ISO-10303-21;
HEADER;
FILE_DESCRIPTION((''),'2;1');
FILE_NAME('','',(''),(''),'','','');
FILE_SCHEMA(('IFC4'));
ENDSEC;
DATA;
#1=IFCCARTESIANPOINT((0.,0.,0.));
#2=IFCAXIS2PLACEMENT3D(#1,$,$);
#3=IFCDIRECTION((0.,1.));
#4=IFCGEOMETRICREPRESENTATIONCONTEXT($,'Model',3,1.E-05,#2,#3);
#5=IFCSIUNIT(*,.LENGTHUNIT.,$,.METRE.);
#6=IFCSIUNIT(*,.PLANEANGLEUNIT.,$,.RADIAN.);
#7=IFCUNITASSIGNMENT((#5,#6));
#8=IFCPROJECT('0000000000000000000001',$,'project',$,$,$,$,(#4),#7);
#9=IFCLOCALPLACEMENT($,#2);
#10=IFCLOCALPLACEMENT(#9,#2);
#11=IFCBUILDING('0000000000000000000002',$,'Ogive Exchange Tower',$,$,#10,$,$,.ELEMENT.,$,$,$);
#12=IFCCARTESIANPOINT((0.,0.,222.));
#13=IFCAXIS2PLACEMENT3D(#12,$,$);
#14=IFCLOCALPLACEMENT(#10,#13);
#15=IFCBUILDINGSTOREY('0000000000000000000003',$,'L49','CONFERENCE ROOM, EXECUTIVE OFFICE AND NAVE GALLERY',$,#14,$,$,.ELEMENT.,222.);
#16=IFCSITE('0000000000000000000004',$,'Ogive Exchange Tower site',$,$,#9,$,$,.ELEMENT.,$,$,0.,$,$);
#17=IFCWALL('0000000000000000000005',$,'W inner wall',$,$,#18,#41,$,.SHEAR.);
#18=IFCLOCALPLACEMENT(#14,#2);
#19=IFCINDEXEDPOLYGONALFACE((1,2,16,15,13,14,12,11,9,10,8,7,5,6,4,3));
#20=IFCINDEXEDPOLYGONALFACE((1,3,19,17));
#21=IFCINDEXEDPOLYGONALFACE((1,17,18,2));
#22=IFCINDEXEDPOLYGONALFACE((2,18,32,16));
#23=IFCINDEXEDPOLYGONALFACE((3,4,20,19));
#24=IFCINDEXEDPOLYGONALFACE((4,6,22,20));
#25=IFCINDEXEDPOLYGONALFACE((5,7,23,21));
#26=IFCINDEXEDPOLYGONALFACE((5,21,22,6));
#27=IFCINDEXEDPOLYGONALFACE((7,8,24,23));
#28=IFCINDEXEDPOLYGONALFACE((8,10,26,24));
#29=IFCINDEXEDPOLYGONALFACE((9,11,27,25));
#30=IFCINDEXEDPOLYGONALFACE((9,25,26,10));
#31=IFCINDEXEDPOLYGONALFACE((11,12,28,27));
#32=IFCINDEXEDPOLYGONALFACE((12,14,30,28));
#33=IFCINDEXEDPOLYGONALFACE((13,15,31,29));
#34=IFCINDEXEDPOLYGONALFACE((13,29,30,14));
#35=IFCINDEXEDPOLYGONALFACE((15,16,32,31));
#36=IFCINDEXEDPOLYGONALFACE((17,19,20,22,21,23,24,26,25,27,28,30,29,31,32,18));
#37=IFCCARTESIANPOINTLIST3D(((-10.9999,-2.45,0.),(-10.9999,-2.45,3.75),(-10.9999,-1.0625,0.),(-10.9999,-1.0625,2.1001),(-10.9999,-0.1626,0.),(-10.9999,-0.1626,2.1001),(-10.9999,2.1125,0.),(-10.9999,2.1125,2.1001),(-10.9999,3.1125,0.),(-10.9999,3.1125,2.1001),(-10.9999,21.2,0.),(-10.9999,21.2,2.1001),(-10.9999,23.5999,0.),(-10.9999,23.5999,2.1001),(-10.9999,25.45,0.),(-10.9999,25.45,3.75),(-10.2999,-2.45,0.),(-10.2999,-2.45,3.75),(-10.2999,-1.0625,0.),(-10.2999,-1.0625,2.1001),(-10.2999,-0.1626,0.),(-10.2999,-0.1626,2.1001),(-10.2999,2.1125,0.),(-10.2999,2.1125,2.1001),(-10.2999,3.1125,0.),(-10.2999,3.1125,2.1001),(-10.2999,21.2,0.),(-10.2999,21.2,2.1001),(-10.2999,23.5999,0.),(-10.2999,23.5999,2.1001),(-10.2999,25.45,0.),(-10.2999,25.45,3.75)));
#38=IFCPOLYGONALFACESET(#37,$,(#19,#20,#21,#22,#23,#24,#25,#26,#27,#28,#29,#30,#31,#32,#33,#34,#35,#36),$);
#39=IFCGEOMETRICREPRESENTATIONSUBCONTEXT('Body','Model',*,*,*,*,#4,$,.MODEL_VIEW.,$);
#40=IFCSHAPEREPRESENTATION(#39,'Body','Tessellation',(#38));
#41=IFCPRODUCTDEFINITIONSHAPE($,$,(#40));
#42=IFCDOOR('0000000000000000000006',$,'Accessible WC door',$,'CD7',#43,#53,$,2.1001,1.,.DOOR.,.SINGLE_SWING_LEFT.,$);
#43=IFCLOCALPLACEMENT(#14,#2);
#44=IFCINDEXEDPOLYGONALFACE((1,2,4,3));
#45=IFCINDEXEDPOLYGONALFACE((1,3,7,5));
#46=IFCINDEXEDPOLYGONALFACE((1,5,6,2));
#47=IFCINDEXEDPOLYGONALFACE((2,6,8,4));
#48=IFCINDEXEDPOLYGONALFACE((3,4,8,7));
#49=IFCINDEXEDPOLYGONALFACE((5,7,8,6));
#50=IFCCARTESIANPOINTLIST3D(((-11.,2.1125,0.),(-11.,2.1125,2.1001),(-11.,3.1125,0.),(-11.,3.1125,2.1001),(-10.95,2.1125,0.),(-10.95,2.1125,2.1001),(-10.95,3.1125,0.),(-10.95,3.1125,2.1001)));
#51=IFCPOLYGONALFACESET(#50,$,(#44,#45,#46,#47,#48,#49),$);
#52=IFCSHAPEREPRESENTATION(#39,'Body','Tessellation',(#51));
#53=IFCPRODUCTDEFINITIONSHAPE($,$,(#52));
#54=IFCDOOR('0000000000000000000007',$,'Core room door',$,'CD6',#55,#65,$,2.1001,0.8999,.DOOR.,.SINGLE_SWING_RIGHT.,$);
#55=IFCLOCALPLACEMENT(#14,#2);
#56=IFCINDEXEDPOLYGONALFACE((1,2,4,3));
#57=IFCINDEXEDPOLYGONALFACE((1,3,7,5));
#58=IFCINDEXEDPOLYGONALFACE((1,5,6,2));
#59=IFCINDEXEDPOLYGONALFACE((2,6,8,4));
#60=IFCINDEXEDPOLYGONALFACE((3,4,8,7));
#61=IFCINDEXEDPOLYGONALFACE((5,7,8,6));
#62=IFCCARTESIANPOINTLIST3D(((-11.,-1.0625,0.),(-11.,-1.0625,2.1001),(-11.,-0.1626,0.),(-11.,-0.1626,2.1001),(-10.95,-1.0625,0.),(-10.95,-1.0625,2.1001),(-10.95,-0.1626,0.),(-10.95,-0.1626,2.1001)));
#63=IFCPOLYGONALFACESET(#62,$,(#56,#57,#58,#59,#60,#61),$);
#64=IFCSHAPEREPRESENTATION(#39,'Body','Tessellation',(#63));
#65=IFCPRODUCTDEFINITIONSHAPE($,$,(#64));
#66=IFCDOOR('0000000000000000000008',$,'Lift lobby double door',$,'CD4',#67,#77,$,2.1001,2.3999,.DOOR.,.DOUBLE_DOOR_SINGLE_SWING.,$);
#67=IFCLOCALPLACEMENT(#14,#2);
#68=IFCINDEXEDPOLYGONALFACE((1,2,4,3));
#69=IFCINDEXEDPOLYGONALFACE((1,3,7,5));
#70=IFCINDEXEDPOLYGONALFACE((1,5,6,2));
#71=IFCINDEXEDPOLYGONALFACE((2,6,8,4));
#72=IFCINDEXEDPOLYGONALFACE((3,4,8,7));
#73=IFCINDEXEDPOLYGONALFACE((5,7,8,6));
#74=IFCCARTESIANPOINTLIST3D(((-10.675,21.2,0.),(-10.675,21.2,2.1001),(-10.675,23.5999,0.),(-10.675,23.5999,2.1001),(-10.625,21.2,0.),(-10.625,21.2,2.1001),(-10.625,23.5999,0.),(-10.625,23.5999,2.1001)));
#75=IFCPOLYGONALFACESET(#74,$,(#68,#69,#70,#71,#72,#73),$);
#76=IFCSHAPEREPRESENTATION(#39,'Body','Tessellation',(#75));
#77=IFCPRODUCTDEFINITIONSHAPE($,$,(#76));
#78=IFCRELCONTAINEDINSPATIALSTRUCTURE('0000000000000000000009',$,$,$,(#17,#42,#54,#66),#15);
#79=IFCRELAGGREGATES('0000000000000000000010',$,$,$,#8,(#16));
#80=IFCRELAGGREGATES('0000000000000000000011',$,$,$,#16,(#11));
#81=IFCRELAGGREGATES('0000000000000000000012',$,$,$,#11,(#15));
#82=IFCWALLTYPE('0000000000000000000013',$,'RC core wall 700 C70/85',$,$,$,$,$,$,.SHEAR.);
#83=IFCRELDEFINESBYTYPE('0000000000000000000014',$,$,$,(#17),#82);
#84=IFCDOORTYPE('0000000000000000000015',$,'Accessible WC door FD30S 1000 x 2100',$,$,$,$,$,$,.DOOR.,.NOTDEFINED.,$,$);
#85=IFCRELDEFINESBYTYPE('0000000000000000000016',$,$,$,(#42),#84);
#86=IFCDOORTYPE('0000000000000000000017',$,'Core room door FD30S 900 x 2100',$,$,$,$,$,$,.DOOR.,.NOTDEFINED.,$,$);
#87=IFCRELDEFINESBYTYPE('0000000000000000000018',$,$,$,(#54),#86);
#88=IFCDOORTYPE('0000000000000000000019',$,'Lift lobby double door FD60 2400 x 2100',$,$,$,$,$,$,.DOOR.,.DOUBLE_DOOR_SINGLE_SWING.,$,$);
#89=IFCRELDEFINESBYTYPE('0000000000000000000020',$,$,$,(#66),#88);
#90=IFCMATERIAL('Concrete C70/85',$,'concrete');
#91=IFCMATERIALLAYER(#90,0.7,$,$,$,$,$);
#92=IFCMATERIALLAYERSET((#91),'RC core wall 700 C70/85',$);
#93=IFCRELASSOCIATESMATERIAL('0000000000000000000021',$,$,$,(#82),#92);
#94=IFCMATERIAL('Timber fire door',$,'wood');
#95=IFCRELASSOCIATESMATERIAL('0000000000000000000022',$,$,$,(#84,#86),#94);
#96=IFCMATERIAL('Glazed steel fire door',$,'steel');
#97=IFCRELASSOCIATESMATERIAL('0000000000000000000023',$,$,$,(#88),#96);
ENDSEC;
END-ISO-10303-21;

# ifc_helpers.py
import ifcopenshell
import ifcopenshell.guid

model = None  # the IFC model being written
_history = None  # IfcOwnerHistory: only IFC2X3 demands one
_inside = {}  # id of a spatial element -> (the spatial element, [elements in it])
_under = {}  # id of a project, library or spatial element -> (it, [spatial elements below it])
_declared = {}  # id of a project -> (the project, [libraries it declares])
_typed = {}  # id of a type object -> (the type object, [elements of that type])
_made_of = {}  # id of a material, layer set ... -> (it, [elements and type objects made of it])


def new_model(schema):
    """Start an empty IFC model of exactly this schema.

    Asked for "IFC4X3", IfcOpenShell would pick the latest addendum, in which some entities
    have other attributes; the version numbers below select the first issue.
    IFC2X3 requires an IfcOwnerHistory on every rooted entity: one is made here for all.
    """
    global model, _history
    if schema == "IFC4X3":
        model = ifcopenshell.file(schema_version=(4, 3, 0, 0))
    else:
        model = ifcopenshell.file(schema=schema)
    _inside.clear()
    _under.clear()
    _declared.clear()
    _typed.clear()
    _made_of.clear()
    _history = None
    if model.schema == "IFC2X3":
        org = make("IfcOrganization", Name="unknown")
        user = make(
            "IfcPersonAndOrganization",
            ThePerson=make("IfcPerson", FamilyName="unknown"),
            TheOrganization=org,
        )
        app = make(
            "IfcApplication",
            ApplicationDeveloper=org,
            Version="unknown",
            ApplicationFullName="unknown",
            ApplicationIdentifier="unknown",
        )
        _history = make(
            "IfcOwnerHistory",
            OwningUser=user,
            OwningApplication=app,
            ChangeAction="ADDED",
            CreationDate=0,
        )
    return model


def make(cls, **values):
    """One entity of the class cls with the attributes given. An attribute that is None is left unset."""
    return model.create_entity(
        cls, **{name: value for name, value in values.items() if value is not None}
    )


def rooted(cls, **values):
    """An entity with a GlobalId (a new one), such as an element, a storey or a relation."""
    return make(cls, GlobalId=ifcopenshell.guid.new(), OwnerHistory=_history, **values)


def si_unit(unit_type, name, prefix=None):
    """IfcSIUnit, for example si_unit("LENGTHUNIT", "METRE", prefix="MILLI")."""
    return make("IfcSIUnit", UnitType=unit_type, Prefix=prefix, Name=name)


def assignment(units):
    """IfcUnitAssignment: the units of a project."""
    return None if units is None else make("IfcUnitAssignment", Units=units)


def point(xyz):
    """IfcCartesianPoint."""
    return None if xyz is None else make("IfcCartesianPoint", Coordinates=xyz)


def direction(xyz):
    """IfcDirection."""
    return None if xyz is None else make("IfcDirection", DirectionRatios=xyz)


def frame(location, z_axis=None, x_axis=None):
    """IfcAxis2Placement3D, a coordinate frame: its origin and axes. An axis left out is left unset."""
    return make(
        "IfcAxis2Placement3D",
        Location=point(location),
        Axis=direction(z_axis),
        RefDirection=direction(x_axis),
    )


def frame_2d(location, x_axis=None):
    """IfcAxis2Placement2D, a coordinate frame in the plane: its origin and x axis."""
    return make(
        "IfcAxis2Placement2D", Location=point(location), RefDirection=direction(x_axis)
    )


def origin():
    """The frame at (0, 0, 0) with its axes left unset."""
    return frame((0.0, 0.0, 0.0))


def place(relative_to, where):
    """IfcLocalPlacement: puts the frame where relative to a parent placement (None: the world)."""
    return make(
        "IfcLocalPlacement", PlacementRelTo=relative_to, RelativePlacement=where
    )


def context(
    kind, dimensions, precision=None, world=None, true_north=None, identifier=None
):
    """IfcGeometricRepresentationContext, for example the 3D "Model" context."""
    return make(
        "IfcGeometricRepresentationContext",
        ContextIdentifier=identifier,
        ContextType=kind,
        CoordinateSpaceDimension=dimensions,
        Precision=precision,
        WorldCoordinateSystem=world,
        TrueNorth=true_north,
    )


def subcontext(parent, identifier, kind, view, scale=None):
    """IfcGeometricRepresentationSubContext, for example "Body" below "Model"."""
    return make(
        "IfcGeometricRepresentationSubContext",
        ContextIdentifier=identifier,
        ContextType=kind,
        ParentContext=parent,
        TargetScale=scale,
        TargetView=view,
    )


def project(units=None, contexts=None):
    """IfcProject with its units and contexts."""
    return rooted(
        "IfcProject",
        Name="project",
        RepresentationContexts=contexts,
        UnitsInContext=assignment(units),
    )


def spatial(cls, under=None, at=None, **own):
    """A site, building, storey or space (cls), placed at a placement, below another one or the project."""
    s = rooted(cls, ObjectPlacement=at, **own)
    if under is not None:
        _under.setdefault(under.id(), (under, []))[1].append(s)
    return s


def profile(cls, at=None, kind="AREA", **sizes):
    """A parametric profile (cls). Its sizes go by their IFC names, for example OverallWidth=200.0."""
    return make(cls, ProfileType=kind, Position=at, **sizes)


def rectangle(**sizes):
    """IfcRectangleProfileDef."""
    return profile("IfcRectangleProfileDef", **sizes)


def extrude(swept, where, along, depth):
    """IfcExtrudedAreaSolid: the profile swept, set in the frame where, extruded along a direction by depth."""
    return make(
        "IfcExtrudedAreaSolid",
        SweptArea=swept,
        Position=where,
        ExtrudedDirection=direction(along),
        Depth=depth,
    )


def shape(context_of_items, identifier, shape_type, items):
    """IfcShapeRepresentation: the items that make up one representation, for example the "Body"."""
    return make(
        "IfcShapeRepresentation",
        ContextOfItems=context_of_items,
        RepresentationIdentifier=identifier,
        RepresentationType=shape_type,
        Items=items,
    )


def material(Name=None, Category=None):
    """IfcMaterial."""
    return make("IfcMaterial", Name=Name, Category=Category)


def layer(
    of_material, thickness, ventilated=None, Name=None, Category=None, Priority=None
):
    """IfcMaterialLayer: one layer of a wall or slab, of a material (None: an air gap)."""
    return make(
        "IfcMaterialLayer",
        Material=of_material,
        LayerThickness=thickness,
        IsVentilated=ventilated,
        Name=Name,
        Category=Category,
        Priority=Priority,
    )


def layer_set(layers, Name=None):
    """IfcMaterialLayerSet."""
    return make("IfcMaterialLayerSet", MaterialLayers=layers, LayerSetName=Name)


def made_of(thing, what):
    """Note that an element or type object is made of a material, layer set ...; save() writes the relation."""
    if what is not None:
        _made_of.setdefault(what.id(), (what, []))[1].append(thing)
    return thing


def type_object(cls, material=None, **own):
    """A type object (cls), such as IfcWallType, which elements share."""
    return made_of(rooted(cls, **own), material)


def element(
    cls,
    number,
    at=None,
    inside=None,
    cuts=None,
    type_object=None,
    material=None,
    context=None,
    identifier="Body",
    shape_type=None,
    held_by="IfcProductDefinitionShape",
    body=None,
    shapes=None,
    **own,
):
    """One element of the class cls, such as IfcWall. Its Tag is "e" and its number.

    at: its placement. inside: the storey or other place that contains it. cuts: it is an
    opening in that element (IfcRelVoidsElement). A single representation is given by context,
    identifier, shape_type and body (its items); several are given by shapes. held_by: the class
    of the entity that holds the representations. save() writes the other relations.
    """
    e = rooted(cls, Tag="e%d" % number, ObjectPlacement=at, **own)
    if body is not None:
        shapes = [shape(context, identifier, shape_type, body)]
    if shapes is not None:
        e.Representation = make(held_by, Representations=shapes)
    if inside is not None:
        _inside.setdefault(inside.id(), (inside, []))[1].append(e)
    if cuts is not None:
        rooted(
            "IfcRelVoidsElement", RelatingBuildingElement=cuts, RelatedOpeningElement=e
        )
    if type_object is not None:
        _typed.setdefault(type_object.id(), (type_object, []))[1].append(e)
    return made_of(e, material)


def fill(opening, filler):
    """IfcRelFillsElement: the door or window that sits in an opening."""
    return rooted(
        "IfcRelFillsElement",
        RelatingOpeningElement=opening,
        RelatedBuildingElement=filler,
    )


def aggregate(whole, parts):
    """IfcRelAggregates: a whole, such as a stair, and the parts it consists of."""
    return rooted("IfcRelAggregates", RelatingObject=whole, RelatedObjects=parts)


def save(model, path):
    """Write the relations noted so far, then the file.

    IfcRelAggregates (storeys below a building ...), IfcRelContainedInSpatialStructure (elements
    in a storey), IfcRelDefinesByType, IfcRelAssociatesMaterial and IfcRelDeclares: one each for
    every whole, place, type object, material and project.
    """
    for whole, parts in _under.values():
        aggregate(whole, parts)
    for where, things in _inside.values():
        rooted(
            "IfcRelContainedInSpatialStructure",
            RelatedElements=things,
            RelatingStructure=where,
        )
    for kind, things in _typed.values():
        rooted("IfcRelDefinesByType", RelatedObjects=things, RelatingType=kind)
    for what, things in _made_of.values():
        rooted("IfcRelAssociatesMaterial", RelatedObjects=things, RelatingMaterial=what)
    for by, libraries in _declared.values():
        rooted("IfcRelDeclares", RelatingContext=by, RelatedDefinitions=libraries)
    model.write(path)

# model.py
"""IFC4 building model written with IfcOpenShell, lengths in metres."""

from ifc_helpers import new_model, si_unit, direction, frame, frame_2d, origin, place, context, subcontext, project, spatial, rectangle, extrude, material, layer, layer_set, type_object, element, fill, save


model = new_model("IFC4")

# Units and contexts
model_context = context("Model", 3, precision=1e-05, world=origin(), true_north=direction((0.0, 1.0)))
body_context = subcontext(model_context, "Body", "Model", "MODEL_VIEW")
ifc_project = project(units=[si_unit("LENGTHUNIT", "METRE"), si_unit("PLANEANGLEUNIT", "RADIAN")], contexts=[model_context])

# Site, building, storey
site_placement = place(None, origin())
site = spatial("IfcSite", under=ifc_project, at=site_placement, Name="Ogive Exchange Tower site", CompositionType="ELEMENT", RefElevation=0.0)
building_placement = place(site_placement, origin())
building = spatial("IfcBuilding", under=site, at=building_placement, Name="Ogive Exchange Tower", CompositionType="ELEMENT")
storey_placement = place(building_placement, frame((0.0, 0.0, 222.0)))
storey = spatial("IfcBuildingStorey", under=building, at=storey_placement, Name="L49", Description="CONFERENCE ROOM, EXECUTIVE OFFICE AND NAVE GALLERY", CompositionType="ELEMENT", Elevation=222.0)

# Shared definitions
ifc_material_1 = material(Name="Concrete C70/85", Category="concrete")

# Wall, openings, doors
ifc_layer_1 = layer(ifc_material_1, 0.7)
ifc_layer_set_1 = layer_set([ifc_layer_1], Name="RC core wall 700 C70/85")
wall_type_1 = type_object("IfcWallType", Name="RC core wall 700 C70/85", PredefinedType="SHEAR", material=ifc_layer_set_1)
wall_1_placement = place(storey_placement, frame((-10.6499, -2.45, 0.0), z_axis=(0.0, 0.0, 1.0), x_axis=(0.0, 1.0, 0.0)))
wall_1 = element("IfcWall", 1, at=wall_1_placement, inside=storey, type_object=wall_type_1, Name="W inner wall", PredefinedType="SHEAR", context=body_context, shape_type="SweptSolid", body=[
    extrude(rectangle(XDim=27.8999, YDim=0.7, at=frame_2d((13.95, 0.0))), origin(), (0.0, 0.0, 1.0), 3.75),
])
opening_1_placement = place(wall_1_placement, frame((23.6499, 0.0, 0.0)))
opening_1 = element("IfcOpeningElement", 2, at=opening_1_placement, cuts=wall_1, PredefinedType="OPENING", context=body_context, shape_type="SweptSolid", body=[
    extrude(rectangle(XDim=2.3999, YDim=2.1001, at=frame_2d((1.2, 1.05))), frame((0.0, 0.3599, 0.0), z_axis=(0.0, -1.0, 0.0), x_axis=(1.0, 0.0, 0.0)), (0.0, 0.0, 1.0), 0.72),
])
opening_2_placement = place(wall_1_placement, frame((1.3875, 0.0, 0.0)))
opening_2 = element("IfcOpeningElement", 3, at=opening_2_placement, cuts=wall_1, PredefinedType="OPENING", context=body_context, shape_type="SweptSolid", body=[
    extrude(rectangle(XDim=0.8999, YDim=2.1001, at=frame_2d((0.45, 1.05))), frame((0.0, 0.3599, 0.0), z_axis=(0.0, -1.0, 0.0), x_axis=(1.0, 0.0, 0.0)), (0.0, 0.0, 1.0), 0.72),
])
opening_3_placement = place(wall_1_placement, frame((4.5625, 0.0, 0.0)))
opening_3 = element("IfcOpeningElement", 4, at=opening_3_placement, cuts=wall_1, PredefinedType="OPENING", context=body_context, shape_type="SweptSolid", body=[
    extrude(rectangle(XDim=1.0, YDim=2.1001, at=frame_2d((0.5, 1.05))), frame((0.0, 0.3599, 0.0), z_axis=(0.0, -1.0, 0.0), x_axis=(1.0, 0.0, 0.0)), (0.0, 0.0, 1.0), 0.72),
])
ifc_material_2 = material(Name="Timber fire door", Category="wood")
door_type_1 = type_object("IfcDoorType", Name="Accessible WC door FD30S 1000 x 2100", OperationType="NOTDEFINED", PredefinedType="DOOR", material=ifc_material_2)
door_1_placement = place(opening_3_placement, origin())
door_1 = element("IfcDoor", 5, at=door_1_placement, inside=storey, type_object=door_type_1, Name="Accessible WC door", ObjectType="CD7", OperationType="SINGLE_SWING_LEFT", OverallHeight=2.1001, OverallWidth=1.0, PredefinedType="DOOR", context=body_context, shape_type="SweptSolid", body=[
    extrude(rectangle(XDim=1.0, YDim=2.1001, at=frame_2d((0.5, 1.05))), frame((0.0, 0.3501, 0.0), z_axis=(0.0, -1.0, 0.0), x_axis=(1.0, 0.0, 0.0)), (0.0, 0.0, 1.0), 0.05),
])
fill(opening_3, door_1)
door_type_2 = type_object("IfcDoorType", Name="Core room door FD30S 900 x 2100", OperationType="NOTDEFINED", PredefinedType="DOOR", material=ifc_material_2)
door_2_placement = place(opening_2_placement, origin())
door_2 = element("IfcDoor", 6, at=door_2_placement, inside=storey, type_object=door_type_2, Name="Core room door", ObjectType="CD6", OperationType="SINGLE_SWING_RIGHT", OverallHeight=2.1001, OverallWidth=0.8999, PredefinedType="DOOR", context=body_context, shape_type="SweptSolid", body=[
    extrude(rectangle(XDim=0.8999, YDim=2.1001, at=frame_2d((0.45, 1.05))), frame((0.0, 0.3501, 0.0), z_axis=(0.0, -1.0, 0.0), x_axis=(1.0, 0.0, 0.0)), (0.0, 0.0, 1.0), 0.05),
])
fill(opening_2, door_2)
ifc_material_3 = material(Name="Glazed steel fire door", Category="steel")
door_type_3 = type_object("IfcDoorType", Name="Lift lobby double door FD60 2400 x 2100", OperationType="DOUBLE_DOOR_SINGLE_SWING", PredefinedType="DOOR", material=ifc_material_3)
door_3_placement = place(opening_1_placement, frame((2.3999, 0.0, 0.0), z_axis=(0.0, 0.0, 1.0), x_axis=(-1.0, 0.0, 0.0)))
door_3 = element("IfcDoor", 7, at=door_3_placement, inside=storey, type_object=door_type_3, Name="Lift lobby double door", ObjectType="CD4", OperationType="DOUBLE_DOOR_SINGLE_SWING", OverallHeight=2.1001, OverallWidth=2.3999, PredefinedType="DOOR", context=body_context, shape_type="SweptSolid", body=[
    extrude(rectangle(XDim=2.3999, YDim=2.1001, at=frame_2d((1.2, 1.05))), frame((0.0, 0.0249, 0.0), z_axis=(0.0, -1.0, 0.0), x_axis=(1.0, 0.0, 0.0)), (0.0, 0.0, 1.0), 0.05),
])
fill(opening_1, door_3)

save(model, "model.ifc")
